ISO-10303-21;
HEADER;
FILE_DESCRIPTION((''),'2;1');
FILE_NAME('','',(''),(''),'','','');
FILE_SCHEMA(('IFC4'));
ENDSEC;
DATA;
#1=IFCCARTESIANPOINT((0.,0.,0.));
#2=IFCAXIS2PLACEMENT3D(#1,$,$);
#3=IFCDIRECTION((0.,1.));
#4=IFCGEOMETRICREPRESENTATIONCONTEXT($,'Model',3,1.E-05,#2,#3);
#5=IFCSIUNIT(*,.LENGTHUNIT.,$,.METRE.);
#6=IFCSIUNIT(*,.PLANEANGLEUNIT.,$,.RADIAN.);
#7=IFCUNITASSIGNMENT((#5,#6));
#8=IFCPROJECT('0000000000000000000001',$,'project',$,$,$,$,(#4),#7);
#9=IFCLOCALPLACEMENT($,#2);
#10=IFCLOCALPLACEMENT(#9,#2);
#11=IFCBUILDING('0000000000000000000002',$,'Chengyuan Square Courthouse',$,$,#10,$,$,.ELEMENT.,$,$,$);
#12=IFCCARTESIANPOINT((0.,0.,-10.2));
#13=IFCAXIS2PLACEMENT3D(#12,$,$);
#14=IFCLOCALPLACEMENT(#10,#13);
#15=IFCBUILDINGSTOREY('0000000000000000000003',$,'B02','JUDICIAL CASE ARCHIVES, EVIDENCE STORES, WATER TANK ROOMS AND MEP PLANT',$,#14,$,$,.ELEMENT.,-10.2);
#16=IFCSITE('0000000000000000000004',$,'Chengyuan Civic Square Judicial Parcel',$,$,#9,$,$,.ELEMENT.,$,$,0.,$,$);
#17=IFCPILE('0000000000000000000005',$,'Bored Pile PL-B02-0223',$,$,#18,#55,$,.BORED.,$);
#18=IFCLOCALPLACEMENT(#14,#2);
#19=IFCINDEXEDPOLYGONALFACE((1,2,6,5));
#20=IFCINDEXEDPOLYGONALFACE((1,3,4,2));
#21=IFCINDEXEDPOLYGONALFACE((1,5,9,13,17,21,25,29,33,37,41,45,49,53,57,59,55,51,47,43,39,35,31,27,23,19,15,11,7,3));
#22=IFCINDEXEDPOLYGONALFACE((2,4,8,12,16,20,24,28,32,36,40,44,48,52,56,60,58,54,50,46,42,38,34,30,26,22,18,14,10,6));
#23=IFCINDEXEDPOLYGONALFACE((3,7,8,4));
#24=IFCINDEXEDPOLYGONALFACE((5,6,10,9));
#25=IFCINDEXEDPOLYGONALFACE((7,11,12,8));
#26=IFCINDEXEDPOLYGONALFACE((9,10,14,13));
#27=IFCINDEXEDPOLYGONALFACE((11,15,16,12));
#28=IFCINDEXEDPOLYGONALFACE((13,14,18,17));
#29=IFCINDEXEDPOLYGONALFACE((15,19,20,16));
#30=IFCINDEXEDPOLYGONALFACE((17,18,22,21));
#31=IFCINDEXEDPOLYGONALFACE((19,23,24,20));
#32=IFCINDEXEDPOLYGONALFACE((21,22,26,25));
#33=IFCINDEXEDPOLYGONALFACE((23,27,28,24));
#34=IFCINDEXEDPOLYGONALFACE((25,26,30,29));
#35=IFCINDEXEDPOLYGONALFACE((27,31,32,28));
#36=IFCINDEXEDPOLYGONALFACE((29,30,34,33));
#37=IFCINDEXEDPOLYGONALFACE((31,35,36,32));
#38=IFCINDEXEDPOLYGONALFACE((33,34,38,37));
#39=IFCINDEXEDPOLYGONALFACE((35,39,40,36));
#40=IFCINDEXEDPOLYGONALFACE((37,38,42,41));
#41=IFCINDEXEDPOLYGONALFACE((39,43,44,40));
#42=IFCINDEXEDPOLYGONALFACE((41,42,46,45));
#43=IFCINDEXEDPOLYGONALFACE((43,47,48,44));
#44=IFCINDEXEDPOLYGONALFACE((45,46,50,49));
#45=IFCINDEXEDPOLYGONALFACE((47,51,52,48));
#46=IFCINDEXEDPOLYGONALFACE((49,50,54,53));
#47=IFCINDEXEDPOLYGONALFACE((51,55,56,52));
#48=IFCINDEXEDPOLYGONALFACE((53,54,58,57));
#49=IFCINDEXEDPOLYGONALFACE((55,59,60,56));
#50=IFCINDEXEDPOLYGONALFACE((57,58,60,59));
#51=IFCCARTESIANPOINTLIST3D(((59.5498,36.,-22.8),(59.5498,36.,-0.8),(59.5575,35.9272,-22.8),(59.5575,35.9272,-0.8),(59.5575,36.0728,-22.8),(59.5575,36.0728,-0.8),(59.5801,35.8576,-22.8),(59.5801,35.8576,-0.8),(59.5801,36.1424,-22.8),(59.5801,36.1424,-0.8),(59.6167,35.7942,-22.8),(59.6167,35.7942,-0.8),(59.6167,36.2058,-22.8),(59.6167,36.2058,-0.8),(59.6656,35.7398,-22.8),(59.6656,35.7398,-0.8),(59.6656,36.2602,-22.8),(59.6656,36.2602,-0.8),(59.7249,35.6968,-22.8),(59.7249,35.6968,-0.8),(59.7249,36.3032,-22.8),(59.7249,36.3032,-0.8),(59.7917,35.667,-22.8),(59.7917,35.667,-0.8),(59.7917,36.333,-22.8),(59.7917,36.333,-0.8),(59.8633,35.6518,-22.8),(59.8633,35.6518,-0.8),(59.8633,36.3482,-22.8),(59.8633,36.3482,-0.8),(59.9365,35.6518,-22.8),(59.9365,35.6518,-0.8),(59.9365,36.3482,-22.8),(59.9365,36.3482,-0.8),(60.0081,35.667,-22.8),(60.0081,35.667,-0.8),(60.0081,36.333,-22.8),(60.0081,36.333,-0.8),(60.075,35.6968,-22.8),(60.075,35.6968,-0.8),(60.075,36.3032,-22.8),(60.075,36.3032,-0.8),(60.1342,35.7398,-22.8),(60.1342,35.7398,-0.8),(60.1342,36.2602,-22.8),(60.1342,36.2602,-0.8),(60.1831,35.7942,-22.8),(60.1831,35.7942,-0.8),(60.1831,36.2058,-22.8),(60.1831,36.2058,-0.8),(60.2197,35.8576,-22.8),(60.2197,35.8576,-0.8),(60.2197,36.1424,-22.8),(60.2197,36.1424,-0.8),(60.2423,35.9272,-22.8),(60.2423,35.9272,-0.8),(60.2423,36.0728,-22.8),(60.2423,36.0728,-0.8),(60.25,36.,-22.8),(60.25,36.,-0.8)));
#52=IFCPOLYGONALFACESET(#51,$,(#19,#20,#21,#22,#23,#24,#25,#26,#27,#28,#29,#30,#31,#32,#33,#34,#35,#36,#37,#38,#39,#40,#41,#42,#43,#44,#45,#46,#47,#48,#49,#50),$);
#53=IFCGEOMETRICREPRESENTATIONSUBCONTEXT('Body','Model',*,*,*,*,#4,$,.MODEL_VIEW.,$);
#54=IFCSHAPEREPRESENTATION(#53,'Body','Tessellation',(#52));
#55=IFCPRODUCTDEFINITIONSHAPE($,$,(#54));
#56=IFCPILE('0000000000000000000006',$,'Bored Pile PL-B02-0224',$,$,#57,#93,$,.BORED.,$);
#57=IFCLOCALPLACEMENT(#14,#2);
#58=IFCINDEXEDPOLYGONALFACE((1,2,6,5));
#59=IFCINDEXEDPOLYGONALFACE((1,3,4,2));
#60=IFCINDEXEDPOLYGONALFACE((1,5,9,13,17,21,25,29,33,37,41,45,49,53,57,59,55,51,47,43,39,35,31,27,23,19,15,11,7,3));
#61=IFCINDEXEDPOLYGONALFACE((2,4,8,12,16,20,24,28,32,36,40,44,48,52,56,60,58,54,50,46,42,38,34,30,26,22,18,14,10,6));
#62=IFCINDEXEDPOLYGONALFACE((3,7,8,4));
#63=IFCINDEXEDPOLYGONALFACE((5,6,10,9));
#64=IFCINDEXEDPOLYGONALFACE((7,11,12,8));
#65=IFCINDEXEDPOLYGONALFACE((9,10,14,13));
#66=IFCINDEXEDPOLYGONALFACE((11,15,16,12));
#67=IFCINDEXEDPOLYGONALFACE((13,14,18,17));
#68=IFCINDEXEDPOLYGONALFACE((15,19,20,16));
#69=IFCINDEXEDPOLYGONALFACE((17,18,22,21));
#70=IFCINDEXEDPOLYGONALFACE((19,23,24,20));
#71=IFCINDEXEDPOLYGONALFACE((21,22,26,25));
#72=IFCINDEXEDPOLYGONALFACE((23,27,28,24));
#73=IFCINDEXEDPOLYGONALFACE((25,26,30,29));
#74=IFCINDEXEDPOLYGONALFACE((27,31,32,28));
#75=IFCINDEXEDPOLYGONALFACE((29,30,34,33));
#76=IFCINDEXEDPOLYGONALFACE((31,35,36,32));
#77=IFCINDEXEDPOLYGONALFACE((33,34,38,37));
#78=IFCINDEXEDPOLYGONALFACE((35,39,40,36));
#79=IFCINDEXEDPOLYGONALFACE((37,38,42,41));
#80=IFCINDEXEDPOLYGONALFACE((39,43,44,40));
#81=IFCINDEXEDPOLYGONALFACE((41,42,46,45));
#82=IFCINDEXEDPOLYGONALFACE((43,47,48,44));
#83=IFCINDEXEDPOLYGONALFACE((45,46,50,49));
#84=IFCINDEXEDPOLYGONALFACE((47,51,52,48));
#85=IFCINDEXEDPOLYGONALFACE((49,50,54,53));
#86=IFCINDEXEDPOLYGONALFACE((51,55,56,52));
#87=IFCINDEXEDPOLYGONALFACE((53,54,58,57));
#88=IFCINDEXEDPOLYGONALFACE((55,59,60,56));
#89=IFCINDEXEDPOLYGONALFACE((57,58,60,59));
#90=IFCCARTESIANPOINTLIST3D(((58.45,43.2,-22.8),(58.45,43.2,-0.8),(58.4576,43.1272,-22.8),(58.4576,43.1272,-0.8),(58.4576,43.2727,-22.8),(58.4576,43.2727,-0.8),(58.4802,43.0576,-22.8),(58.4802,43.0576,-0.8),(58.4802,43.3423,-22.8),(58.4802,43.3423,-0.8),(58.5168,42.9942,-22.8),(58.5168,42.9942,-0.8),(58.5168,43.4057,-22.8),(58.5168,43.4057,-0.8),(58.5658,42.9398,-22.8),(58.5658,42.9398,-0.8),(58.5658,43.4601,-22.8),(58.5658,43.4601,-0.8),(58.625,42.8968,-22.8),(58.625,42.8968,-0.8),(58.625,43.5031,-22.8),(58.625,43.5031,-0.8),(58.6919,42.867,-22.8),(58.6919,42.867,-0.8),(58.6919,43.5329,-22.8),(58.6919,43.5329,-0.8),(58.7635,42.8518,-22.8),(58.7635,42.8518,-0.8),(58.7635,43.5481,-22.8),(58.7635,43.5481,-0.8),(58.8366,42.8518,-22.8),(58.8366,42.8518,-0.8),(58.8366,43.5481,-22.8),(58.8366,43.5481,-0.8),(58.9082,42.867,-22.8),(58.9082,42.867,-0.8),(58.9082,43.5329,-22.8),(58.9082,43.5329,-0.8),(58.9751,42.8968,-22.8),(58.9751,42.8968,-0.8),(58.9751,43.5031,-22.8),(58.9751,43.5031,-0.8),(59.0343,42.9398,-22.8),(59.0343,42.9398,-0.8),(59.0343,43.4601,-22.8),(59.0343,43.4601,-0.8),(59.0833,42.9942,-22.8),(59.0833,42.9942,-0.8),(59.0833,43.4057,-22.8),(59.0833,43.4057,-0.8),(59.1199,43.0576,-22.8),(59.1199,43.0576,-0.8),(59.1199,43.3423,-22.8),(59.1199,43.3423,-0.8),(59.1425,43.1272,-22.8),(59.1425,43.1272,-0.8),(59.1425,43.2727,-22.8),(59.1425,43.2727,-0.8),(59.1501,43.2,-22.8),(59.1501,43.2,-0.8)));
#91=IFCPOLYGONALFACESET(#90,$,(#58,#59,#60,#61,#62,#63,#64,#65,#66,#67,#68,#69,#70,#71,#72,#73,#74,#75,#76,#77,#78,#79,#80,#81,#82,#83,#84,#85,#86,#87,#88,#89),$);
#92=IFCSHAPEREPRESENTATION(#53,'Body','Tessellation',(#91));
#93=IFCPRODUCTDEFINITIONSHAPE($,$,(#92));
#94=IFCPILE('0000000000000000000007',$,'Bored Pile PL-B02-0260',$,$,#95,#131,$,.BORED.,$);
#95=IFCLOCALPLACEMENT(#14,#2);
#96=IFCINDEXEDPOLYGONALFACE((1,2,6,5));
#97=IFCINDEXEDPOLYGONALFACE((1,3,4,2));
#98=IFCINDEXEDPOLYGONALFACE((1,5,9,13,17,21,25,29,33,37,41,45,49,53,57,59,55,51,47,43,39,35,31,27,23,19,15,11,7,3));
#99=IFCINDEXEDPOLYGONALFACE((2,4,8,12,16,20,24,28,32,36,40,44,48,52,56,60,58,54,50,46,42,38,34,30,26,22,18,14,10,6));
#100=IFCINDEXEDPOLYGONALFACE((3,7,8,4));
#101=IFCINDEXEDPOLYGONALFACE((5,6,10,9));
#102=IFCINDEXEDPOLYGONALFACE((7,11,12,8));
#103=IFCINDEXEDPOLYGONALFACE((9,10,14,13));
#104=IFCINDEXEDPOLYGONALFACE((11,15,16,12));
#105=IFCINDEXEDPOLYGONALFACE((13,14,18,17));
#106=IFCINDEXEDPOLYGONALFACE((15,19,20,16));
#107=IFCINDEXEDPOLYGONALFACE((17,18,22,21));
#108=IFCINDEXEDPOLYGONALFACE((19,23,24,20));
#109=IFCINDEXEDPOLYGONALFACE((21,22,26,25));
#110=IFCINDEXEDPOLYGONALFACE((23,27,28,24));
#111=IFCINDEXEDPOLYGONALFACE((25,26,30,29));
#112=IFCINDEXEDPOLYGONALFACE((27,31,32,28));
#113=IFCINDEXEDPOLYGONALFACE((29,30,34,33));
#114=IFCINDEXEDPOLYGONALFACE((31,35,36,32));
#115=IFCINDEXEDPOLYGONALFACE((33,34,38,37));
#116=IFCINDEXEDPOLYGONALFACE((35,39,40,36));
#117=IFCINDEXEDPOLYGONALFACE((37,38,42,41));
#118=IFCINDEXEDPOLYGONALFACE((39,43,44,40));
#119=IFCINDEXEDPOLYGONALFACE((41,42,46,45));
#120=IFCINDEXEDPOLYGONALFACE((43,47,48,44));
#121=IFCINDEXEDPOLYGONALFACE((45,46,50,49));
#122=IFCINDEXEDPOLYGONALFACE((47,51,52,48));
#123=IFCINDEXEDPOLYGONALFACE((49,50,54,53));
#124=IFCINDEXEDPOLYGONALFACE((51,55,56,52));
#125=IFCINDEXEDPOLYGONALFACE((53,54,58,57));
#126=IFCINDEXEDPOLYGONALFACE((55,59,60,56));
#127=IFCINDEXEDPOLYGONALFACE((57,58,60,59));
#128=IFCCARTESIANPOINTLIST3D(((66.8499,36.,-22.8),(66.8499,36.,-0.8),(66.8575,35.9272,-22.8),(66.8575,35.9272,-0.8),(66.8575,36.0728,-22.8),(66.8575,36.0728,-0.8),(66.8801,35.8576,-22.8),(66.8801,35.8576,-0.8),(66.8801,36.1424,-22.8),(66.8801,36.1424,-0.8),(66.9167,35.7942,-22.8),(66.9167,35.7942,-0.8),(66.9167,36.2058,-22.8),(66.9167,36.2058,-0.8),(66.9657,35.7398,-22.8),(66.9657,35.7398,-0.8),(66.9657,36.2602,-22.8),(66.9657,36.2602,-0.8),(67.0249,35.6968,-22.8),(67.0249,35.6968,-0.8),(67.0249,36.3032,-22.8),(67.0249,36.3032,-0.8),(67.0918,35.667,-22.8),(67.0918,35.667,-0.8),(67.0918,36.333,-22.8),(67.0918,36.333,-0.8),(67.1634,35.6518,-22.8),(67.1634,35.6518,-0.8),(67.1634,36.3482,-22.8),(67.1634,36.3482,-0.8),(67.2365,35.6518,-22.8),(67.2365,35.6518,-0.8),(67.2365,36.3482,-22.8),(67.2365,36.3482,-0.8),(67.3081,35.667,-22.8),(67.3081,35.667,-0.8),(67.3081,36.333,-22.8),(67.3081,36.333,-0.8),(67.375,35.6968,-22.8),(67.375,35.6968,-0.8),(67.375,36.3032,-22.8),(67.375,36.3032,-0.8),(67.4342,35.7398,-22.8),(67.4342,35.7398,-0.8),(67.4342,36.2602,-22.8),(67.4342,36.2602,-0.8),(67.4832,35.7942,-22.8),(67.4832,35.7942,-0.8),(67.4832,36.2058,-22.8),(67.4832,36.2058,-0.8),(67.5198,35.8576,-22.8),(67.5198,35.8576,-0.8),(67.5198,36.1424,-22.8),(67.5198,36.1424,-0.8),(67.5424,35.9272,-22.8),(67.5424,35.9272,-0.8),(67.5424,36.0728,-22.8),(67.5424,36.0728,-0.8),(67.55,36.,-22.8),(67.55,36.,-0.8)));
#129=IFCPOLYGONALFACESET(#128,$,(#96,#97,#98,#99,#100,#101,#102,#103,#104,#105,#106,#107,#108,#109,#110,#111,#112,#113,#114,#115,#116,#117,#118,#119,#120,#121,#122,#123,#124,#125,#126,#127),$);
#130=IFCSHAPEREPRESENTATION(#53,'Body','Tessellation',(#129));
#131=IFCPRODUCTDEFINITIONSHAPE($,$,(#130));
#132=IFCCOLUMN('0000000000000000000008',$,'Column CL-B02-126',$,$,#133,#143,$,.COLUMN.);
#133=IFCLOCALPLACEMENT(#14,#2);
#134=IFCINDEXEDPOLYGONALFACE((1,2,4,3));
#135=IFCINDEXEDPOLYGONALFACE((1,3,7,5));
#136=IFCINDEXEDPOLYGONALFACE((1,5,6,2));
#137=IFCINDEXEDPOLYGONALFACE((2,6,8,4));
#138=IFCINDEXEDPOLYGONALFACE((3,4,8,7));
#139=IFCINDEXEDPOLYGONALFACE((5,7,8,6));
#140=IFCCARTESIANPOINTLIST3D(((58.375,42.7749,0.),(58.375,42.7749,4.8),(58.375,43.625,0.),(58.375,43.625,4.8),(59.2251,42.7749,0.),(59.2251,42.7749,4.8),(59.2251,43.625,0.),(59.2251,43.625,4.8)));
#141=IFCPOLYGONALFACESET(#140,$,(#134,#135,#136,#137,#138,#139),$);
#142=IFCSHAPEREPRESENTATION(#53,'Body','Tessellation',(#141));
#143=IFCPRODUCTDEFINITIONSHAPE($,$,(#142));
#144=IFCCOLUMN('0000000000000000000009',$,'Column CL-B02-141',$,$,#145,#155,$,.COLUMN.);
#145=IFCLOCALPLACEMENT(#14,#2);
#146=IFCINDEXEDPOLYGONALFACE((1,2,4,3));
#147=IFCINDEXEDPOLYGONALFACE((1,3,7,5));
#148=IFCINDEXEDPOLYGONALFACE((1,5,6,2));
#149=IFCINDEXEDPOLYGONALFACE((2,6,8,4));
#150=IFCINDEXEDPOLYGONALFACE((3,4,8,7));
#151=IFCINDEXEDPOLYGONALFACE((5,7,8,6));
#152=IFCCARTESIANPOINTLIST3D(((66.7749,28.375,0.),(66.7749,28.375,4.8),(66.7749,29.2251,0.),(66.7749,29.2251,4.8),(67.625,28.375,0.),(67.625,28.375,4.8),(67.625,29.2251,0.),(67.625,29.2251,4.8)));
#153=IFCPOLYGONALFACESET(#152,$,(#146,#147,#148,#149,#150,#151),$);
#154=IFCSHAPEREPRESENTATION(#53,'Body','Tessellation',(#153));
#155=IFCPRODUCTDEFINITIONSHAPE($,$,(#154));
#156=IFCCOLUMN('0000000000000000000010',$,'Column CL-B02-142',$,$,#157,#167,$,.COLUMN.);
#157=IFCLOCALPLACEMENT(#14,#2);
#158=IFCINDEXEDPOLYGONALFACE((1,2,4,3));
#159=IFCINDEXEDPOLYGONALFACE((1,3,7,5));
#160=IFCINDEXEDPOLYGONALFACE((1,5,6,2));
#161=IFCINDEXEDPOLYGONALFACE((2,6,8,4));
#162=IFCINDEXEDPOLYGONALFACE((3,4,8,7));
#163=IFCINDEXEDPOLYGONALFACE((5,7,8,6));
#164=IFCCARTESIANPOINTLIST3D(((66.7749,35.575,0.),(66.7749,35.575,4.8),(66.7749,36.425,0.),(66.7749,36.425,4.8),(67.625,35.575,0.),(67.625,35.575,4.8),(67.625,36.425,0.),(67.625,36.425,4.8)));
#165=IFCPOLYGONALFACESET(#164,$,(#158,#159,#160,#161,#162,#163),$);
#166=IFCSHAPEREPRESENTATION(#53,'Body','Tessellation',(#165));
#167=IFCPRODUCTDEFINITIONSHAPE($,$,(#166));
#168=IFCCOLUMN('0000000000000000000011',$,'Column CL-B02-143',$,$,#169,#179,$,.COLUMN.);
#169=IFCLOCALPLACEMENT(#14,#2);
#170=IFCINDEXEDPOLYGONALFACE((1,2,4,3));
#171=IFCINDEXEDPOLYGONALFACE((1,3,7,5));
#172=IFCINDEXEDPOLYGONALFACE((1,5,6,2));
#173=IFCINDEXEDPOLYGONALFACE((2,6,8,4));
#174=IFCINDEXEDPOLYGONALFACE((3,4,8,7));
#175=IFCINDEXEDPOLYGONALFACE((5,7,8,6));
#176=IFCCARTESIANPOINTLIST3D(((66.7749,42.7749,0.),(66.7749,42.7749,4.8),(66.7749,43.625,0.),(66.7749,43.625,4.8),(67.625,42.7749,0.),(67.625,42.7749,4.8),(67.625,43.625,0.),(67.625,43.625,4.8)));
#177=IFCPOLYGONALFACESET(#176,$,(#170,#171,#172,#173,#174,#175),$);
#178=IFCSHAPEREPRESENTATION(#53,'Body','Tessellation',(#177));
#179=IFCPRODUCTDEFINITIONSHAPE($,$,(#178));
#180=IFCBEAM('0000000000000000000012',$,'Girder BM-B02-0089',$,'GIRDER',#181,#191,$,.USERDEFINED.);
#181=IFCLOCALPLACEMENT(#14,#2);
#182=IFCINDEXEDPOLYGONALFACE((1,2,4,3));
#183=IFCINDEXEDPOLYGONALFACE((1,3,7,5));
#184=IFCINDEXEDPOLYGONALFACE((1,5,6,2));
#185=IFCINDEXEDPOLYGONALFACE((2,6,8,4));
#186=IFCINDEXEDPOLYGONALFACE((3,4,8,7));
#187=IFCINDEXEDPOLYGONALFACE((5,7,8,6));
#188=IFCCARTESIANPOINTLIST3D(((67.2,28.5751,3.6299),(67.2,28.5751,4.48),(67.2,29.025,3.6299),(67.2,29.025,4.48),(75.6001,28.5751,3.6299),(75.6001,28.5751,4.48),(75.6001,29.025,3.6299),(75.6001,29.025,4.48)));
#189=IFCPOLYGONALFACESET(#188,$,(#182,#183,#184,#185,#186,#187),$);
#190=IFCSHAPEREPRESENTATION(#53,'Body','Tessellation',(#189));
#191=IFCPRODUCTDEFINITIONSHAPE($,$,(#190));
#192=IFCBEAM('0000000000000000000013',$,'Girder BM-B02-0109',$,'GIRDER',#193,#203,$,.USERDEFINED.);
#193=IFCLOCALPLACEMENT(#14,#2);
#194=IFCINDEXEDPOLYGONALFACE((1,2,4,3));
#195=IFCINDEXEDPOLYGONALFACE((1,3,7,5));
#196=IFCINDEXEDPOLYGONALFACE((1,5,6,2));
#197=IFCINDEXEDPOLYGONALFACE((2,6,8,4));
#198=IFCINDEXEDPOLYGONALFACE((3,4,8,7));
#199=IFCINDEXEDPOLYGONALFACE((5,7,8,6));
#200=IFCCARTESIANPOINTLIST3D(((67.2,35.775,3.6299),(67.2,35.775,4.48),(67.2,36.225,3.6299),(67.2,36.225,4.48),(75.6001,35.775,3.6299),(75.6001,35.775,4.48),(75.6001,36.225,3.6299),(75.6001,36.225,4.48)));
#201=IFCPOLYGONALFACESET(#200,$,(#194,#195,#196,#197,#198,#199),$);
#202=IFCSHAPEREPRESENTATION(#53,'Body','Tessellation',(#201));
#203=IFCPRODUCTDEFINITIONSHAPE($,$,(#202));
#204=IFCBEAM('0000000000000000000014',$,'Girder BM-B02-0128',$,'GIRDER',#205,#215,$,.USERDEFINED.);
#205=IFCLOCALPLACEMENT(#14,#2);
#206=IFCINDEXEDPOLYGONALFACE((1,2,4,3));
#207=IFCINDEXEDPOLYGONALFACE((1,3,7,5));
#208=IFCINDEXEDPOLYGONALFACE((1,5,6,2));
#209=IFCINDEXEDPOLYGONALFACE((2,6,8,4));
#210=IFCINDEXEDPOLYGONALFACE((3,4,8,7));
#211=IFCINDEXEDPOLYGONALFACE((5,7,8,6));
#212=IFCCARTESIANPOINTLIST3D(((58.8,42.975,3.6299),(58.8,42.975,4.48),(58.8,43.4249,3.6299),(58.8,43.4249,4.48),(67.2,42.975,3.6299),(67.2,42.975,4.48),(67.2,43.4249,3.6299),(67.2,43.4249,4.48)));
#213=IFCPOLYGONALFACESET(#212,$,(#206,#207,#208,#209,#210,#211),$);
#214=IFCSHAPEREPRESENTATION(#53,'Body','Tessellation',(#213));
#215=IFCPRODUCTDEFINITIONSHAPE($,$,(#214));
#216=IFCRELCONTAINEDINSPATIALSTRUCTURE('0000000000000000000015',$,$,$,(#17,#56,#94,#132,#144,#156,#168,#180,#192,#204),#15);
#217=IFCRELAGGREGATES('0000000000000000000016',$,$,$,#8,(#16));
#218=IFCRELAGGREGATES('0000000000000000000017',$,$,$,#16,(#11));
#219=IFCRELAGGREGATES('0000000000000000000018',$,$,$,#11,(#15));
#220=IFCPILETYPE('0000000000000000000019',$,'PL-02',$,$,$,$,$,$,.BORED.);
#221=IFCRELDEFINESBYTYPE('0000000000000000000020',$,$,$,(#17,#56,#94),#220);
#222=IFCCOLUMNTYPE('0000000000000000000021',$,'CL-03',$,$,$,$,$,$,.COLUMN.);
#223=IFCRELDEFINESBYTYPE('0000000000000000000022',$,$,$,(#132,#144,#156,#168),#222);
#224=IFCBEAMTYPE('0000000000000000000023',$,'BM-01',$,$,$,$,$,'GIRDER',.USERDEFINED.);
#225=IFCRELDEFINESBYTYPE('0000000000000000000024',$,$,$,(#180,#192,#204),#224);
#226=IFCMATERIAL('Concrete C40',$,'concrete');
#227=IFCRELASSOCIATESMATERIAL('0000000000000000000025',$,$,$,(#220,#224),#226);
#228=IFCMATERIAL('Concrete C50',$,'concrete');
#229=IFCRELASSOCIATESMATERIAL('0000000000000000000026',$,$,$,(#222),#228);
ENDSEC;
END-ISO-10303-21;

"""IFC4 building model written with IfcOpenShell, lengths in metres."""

from ifc_helpers import new_model, si_unit, direction, frame, origin, origin_2d, place, context, subcontext, project, spatial, rectangle, circle, extrude, material, material_profile, profile_set, type_object, element, save


model = new_model("IFC4")

# Units and contexts
model_context = context("Model", 3, precision=1e-05, world=origin(), true_north=direction((0.0, 1.0)))
body_context = subcontext(model_context, "Body", "Model", "MODEL_VIEW")
ifc_project = project(units=[si_unit("LENGTHUNIT", "METRE"), si_unit("PLANEANGLEUNIT", "RADIAN")], contexts=[model_context])

# Site, building, storey
site_placement = place(None, origin())
site = spatial("IfcSite", under=ifc_project, at=site_placement, Name="Chengyuan Civic Square Judicial Parcel", CompositionType="ELEMENT", RefElevation=0.0)
building_placement = place(site_placement, origin())
building = spatial("IfcBuilding", under=site, at=building_placement, Name="Chengyuan Square Courthouse", CompositionType="ELEMENT")
storey_placement = place(building_placement, frame((0.0, 0.0, -10.2)))
storey = spatial("IfcBuildingStorey", under=building, at=storey_placement, Name="B02", Description="JUDICIAL CASE ARCHIVES, EVIDENCE STORES, WATER TANK ROOMS AND MEP PLANT", CompositionType="ELEMENT", Elevation=-10.2)

# Shared definitions
ifc_material_1 = material(Name="Concrete C40", Category="concrete")

# Piles
ifc_material_profile_1 = material_profile(ifc_material_1, circle(Radius=0.3501, at=origin_2d()), Name="BORED PILE D700")
ifc_profile_set_1 = profile_set([ifc_material_profile_1], Name="Concrete C40")
pile_type_1 = type_object("IfcPileType", Name="PL-02", PredefinedType="BORED", material=ifc_profile_set_1)
for number, where, z_axis, x_axis, name in (
    (1, (59.8999, 36.0, -0.8), (0.0, 0.0, -1.0), (1.0, 0.0, 0.0), "Bored Pile PL-B02-0223"),
    (2, (58.8, 43.2, -0.8), (0.0, 0.0, -1.0), (1.0, 0.0, 0.0), "Bored Pile PL-B02-0224"),
    (3, (67.2, 36.0, -0.8), (0.0, 0.0, -1.0), (1.0, 0.0, 0.0), "Bored Pile PL-B02-0260"),
):
    element("IfcPile", number, at=place(storey_placement, frame(where, z_axis=z_axis, x_axis=x_axis)), inside=storey, type_object=pile_type_1, Name=name, PredefinedType="BORED", context=body_context, shape_type="SweptSolid", body=[
        extrude(circle(Radius=0.3501, at=origin_2d()), origin(), (0.0, 0.0, 1.0), 22.0),
    ])

# Columns
ifc_material_2 = material(Name="Concrete C50", Category="concrete")
ifc_material_profile_2 = material_profile(ifc_material_2, rectangle(XDim=0.8501, YDim=0.8501, at=origin_2d()), Name="RC-COL-850x850")
ifc_profile_set_2 = profile_set([ifc_material_profile_2], Name="Concrete C50")
column_type = type_object("IfcColumnType", Name="CL-03", PredefinedType="COLUMN", material=ifc_profile_set_2)
for number, where, z_axis, x_axis, name in (
    (4, (58.8, 43.2, 0.0), (0.0, 0.0, 1.0), (1.0, 0.0, 0.0), "Column CL-B02-126"),
    (5, (67.2, 28.8, 0.0), (0.0, 0.0, 1.0), (1.0, 0.0, 0.0), "Column CL-B02-141"),
    (6, (67.2, 36.0, 0.0), (0.0, 0.0, 1.0), (1.0, 0.0, 0.0), "Column CL-B02-142"),
    (7, (67.2, 43.2, 0.0), (0.0, 0.0, 1.0), (1.0, 0.0, 0.0), "Column CL-B02-143"),
):
    element("IfcColumn", number, at=place(storey_placement, frame(where, z_axis=z_axis, x_axis=x_axis)), inside=storey, type_object=column_type, Name=name, PredefinedType="COLUMN", context=body_context, shape_type="SweptSolid", body=[
        extrude(rectangle(XDim=0.8501, YDim=0.8501, at=origin_2d()), origin(), (0.0, 0.0, 1.0), 4.8),
    ])

# Beams
ifc_material_profile_3 = material_profile(ifc_material_1, rectangle(XDim=0.45, YDim=0.8501, at=origin_2d()), Name="RC-BM-450x850")
ifc_profile_set_3 = profile_set([ifc_material_profile_3], Name="Concrete C40")
beam_type_1 = type_object("IfcBeamType", Name="BM-01", ElementType="GIRDER", PredefinedType="USERDEFINED", material=ifc_profile_set_3)
for number, where, z_axis, x_axis, name in (
    (8, (67.2, 28.8, 4.0549), (1.0, 0.0, 0.0), (0.0, 1.0, 0.0), "Girder BM-B02-0089"),
    (9, (67.2, 36.0, 4.0549), (1.0, 0.0, 0.0), (0.0, 1.0, 0.0), "Girder BM-B02-0109"),
):
    element("IfcBeam", number, at=place(storey_placement, frame(where, z_axis=z_axis, x_axis=x_axis)), inside=storey, type_object=beam_type_1, Name=name, ObjectType="GIRDER", PredefinedType="USERDEFINED", context=body_context, shape_type="SweptSolid", body=[
        extrude(rectangle(XDim=0.45, YDim=0.8501, at=origin_2d()), origin(), (0.0, 0.0, 1.0), 8.4001),
    ])
beam_1_placement = place(storey_placement, frame((58.8, 43.2, 4.0549), z_axis=(1.0, 0.0, 0.0), x_axis=(0.0, 1.0, 0.0)))
element("IfcBeam", 10, at=beam_1_placement, inside=storey, type_object=beam_type_1, Name="Girder BM-B02-0128", ObjectType="GIRDER", PredefinedType="USERDEFINED", context=body_context, shape_type="SweptSolid", body=[
    extrude(rectangle(XDim=0.45, YDim=0.8501, at=origin_2d()), origin(), (0.0, 0.0, 1.0), 8.3999),
])

save(model, "model.ifc")
